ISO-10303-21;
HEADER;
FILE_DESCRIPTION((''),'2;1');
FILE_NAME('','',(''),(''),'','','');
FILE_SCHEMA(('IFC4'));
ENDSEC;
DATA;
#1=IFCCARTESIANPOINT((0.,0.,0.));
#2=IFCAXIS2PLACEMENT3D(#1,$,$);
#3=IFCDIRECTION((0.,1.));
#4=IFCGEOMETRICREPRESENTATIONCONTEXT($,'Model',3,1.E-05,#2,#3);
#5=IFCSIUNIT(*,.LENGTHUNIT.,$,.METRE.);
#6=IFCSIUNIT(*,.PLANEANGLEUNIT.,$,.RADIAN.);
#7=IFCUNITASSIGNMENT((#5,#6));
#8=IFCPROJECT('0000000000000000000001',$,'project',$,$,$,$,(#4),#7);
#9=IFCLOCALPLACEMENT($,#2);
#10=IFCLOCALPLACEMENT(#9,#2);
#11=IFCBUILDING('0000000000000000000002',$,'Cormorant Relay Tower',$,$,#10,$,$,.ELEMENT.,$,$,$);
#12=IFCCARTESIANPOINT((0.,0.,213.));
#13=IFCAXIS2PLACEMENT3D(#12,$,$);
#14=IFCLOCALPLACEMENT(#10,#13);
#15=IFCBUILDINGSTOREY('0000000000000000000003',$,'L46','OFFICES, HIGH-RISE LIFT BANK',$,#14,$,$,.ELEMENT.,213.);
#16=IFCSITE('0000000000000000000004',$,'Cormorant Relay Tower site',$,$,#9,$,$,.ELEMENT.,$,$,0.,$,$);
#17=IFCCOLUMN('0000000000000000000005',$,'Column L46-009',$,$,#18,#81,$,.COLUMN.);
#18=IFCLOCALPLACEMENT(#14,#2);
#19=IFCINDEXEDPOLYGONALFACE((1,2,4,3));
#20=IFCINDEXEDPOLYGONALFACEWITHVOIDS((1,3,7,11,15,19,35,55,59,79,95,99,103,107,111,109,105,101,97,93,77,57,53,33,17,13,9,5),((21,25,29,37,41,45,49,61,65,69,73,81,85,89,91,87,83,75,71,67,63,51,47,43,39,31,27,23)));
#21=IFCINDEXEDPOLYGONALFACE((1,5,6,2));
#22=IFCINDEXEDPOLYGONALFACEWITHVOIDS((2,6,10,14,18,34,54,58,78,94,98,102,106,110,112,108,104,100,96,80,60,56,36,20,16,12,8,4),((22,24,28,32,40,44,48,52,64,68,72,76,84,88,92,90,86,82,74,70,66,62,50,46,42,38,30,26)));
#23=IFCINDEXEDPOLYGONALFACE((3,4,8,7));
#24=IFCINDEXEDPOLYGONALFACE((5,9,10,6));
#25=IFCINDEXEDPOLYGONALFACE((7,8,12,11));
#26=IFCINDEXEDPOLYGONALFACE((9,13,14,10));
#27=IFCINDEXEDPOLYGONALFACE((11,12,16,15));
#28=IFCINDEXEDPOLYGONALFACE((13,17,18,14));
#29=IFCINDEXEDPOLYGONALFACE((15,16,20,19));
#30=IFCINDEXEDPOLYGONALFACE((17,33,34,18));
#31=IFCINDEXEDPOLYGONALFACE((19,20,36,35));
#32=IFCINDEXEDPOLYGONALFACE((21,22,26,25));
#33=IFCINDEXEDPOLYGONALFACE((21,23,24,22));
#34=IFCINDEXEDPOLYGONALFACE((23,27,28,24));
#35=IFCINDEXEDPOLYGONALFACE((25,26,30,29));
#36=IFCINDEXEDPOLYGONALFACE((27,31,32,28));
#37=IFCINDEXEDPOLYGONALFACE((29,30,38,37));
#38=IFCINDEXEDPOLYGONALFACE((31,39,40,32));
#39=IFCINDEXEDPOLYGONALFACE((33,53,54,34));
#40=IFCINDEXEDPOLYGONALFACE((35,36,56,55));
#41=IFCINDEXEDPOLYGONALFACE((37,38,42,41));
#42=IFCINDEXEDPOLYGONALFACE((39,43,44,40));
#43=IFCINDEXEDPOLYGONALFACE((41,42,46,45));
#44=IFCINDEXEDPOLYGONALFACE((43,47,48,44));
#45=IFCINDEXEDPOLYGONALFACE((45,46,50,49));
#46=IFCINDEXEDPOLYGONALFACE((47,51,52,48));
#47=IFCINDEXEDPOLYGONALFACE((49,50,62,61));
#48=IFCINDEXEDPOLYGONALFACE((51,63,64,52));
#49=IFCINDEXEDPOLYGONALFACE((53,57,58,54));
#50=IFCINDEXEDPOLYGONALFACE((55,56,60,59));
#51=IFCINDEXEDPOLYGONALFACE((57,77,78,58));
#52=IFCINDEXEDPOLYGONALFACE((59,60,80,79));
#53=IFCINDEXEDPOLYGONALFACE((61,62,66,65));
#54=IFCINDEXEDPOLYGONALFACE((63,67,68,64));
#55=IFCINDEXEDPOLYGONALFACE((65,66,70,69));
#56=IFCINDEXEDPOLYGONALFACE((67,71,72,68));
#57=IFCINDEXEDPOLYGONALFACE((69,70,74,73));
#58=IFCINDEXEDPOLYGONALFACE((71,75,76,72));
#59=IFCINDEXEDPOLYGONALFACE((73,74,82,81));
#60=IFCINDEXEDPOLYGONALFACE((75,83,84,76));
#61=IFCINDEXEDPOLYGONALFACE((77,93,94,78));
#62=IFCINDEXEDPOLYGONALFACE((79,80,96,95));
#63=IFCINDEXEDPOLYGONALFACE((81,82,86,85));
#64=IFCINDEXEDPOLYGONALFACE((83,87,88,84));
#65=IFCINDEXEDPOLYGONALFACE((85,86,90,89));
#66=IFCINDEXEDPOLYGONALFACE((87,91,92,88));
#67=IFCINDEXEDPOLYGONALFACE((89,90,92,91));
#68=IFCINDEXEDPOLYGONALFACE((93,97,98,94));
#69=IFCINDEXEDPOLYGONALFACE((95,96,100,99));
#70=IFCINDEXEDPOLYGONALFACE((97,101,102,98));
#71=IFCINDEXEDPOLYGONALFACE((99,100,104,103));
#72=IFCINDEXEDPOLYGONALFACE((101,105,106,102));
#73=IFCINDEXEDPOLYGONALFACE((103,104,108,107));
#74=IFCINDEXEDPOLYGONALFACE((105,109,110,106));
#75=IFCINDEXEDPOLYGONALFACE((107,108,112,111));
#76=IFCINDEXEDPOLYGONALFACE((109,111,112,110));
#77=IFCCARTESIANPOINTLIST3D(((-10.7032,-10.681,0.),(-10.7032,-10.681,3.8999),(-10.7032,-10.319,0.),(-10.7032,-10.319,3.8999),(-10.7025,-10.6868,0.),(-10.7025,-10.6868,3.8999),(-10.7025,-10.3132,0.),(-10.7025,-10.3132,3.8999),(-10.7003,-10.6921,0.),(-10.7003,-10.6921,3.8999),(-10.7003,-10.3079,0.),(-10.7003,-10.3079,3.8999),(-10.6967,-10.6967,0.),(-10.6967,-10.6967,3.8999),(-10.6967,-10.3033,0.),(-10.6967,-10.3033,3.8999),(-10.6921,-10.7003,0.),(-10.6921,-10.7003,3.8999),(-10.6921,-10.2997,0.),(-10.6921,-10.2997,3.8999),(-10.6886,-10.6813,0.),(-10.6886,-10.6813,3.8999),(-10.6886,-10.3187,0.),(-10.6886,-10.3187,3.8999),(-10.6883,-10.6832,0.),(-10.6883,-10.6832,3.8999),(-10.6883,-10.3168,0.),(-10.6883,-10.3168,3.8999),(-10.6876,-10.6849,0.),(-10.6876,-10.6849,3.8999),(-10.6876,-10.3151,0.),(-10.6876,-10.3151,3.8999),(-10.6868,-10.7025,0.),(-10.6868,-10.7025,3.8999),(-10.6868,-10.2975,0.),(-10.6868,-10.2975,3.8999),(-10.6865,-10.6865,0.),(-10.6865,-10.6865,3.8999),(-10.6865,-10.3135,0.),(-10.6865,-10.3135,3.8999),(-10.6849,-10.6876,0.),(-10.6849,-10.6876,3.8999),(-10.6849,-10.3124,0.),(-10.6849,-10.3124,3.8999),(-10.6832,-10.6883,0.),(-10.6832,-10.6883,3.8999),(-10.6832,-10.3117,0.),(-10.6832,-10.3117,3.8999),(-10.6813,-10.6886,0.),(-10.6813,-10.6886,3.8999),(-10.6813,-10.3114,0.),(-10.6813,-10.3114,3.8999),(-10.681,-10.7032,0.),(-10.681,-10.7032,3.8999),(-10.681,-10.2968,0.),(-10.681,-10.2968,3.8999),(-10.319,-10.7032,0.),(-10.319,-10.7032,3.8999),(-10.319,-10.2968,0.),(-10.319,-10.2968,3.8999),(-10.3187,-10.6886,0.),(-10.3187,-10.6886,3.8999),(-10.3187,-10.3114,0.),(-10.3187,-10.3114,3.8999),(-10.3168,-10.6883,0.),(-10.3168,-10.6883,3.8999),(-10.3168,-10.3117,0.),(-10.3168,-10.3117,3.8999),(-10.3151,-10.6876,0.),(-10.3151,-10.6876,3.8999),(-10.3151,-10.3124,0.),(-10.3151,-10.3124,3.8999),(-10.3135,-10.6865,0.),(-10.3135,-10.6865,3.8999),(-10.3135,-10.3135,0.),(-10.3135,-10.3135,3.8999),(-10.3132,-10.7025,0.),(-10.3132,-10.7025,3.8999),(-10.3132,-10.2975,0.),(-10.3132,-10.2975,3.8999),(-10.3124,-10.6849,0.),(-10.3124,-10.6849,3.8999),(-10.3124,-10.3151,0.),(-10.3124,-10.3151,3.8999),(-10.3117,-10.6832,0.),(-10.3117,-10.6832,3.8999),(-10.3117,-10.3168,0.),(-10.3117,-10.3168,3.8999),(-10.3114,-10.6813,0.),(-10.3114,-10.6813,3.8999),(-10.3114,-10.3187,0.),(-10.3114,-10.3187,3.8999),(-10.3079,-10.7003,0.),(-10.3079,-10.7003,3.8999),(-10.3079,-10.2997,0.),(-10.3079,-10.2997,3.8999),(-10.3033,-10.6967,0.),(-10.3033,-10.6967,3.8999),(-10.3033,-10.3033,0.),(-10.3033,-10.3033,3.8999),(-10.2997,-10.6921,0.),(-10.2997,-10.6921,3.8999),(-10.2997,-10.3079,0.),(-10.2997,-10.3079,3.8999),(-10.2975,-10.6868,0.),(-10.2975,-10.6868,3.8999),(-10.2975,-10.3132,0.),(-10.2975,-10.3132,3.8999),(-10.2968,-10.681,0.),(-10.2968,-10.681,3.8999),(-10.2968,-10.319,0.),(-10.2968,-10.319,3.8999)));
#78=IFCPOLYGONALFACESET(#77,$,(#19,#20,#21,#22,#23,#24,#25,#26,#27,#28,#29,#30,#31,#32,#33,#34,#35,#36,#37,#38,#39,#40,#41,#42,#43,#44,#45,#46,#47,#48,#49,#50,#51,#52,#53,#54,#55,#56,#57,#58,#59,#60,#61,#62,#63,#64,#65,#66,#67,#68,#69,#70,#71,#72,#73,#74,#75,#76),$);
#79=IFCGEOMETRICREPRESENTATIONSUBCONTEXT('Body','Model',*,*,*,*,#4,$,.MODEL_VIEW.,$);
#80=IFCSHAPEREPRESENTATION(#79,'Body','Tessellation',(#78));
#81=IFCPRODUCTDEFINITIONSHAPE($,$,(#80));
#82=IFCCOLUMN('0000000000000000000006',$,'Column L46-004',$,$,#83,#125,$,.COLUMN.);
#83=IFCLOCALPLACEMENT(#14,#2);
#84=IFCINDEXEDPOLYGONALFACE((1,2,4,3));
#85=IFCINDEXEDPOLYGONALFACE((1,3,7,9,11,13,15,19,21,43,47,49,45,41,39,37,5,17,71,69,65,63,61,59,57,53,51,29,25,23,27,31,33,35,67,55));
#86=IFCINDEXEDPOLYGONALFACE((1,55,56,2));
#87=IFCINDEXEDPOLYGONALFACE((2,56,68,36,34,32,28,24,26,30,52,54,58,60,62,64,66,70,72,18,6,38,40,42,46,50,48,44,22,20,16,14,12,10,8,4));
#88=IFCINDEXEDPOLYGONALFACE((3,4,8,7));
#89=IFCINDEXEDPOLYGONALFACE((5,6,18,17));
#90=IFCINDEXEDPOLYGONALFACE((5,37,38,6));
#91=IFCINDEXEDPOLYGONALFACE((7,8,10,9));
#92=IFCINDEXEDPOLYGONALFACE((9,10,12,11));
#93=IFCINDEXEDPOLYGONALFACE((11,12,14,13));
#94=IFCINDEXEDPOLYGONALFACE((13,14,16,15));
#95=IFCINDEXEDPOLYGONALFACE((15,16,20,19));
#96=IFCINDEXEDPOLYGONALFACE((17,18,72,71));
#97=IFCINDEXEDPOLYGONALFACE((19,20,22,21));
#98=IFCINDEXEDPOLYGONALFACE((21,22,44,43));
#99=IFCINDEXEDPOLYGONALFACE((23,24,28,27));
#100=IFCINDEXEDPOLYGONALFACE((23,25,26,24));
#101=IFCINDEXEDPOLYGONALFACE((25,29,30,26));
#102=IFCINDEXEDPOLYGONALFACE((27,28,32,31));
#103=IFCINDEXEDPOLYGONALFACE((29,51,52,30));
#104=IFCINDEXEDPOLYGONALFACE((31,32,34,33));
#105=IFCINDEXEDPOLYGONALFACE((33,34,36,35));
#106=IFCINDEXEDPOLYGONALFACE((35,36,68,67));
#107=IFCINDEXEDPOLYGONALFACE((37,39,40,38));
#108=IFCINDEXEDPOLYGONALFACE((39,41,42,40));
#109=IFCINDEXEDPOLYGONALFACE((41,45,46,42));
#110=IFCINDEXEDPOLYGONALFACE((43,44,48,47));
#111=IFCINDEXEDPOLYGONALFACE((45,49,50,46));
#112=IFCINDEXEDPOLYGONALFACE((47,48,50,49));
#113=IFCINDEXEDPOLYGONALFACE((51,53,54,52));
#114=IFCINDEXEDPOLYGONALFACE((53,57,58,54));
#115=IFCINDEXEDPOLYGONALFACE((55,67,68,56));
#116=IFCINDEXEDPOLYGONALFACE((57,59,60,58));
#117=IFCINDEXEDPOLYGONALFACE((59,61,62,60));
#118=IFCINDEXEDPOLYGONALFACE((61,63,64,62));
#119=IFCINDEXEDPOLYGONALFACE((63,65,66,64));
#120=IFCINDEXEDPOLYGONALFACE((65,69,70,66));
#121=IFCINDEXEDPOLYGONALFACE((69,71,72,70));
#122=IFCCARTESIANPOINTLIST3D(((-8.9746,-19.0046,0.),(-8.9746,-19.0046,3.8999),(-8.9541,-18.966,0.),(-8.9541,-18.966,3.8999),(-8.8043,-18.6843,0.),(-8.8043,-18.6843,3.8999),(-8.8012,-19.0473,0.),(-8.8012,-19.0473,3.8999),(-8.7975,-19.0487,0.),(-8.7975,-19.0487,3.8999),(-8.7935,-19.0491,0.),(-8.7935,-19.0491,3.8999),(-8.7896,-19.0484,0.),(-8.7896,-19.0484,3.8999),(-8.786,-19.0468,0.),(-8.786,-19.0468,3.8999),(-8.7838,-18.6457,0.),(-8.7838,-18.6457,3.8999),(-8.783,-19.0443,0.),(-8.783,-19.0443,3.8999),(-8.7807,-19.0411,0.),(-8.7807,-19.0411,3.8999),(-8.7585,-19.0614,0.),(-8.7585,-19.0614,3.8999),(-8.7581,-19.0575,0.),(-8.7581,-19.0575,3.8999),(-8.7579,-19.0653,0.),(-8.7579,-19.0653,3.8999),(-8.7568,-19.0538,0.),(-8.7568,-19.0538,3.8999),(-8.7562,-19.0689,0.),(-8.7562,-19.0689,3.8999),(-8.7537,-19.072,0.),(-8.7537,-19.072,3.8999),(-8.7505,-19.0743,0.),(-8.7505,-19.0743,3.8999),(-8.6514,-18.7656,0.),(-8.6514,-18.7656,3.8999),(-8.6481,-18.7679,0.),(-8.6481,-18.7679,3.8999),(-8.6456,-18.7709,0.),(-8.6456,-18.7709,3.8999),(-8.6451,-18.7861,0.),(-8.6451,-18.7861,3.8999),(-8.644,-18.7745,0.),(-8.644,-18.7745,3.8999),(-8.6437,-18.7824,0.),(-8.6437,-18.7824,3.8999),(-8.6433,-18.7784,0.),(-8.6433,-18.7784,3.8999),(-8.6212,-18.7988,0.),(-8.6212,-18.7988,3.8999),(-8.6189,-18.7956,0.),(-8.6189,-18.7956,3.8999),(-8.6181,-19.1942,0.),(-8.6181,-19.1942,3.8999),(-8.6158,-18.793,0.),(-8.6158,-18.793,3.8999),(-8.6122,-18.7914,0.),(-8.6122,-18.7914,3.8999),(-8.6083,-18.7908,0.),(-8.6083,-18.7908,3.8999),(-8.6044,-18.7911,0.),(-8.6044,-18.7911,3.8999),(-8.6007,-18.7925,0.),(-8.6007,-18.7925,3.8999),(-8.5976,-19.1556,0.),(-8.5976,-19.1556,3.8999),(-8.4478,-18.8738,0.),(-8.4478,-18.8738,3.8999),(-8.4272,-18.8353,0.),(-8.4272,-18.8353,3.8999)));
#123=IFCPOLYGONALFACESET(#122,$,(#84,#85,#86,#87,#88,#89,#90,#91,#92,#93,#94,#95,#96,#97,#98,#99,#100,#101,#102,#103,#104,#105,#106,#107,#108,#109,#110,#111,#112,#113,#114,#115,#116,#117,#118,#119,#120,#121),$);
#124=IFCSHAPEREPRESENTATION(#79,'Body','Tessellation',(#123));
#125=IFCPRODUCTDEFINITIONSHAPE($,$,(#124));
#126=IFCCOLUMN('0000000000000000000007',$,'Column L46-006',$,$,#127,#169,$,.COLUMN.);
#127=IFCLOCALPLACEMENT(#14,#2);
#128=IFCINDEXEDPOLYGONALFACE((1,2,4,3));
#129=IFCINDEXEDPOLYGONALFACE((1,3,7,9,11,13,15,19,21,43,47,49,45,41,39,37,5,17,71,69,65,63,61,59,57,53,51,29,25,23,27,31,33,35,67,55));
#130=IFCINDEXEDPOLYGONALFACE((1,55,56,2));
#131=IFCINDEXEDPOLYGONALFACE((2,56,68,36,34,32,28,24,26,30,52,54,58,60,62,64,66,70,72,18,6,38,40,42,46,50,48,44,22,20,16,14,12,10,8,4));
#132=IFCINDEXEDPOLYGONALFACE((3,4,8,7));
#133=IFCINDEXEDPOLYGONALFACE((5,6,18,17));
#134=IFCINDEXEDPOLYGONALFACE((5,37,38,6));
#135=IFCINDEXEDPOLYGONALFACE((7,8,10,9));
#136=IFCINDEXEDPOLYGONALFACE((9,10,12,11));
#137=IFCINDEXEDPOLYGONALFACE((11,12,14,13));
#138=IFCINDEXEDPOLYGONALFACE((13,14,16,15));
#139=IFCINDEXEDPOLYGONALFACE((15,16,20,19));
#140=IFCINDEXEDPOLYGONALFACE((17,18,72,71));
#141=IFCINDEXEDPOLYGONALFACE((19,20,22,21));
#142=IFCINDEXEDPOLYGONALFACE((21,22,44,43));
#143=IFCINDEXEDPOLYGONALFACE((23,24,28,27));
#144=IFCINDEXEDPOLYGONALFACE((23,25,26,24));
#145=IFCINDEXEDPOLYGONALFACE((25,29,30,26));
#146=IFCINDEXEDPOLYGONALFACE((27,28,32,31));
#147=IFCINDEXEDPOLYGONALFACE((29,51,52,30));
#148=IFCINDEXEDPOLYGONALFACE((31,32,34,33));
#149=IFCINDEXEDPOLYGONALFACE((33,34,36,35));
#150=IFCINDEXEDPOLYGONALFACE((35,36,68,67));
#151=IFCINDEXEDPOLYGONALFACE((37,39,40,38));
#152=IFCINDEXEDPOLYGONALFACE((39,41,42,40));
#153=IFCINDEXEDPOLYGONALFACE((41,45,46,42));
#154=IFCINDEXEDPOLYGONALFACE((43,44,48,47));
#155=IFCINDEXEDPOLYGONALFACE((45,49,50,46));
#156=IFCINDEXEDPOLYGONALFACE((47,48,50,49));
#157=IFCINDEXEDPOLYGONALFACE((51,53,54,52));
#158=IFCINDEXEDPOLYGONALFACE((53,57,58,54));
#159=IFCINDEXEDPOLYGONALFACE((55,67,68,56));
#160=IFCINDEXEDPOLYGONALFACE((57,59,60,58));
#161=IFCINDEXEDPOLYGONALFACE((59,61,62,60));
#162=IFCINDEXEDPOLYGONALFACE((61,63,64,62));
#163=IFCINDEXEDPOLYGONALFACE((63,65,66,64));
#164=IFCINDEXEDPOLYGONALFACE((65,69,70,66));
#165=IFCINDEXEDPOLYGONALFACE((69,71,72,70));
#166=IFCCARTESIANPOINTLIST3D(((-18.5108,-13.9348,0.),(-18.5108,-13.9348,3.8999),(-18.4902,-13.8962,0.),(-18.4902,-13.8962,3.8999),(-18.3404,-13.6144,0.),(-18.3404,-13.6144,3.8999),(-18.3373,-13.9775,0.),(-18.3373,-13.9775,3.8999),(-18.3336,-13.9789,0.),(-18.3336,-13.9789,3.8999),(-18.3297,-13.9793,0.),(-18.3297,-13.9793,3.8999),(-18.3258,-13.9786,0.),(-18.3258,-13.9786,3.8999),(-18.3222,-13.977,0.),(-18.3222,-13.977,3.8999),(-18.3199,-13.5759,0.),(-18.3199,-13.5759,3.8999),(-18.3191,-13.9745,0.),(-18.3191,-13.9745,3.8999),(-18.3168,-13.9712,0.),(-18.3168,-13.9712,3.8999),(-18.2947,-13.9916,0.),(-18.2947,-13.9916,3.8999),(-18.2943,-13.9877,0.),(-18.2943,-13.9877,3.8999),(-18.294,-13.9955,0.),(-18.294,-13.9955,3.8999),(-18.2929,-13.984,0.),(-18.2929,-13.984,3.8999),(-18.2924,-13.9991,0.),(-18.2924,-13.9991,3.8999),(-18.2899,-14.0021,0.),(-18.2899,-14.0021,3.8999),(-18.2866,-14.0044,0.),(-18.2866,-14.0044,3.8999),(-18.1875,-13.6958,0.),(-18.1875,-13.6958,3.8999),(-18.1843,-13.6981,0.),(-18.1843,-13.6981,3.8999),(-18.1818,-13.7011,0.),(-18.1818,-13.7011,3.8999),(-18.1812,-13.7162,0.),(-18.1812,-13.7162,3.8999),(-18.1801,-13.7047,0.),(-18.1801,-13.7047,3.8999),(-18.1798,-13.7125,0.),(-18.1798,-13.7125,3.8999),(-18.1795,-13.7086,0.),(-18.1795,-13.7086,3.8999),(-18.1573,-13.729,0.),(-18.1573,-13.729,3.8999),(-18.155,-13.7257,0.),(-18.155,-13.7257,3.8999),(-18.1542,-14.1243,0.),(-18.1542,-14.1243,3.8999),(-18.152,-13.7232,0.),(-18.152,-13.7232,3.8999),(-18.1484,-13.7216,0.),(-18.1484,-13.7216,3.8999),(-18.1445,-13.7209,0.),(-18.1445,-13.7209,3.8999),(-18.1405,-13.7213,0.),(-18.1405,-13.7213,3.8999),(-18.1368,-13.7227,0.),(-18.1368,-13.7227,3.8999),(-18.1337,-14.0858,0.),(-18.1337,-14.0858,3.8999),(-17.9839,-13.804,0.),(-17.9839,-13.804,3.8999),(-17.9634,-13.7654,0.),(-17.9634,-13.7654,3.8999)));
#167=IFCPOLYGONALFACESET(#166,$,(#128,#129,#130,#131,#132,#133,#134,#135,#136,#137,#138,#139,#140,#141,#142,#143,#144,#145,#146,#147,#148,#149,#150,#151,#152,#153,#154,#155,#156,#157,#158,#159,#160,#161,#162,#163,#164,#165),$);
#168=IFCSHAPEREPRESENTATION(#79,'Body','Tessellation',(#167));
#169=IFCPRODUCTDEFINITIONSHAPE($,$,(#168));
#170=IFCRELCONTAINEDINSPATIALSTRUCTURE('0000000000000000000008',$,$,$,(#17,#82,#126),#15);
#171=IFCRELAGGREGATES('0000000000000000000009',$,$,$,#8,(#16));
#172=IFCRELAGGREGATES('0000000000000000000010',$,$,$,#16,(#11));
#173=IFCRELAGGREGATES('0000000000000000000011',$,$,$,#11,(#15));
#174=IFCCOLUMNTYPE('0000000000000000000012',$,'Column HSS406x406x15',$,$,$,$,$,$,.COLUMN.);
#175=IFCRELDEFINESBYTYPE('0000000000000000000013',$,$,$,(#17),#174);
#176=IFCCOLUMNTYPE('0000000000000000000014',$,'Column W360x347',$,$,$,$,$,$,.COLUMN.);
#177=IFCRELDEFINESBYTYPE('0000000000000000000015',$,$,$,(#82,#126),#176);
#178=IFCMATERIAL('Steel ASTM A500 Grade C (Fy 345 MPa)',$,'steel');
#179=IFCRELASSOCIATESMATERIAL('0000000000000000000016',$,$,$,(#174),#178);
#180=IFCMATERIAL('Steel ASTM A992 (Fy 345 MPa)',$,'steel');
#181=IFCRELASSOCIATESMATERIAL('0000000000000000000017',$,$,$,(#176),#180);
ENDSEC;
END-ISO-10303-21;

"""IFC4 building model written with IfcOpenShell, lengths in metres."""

from ifc_helpers import new_model, si_unit, direction, frame, origin, origin_2d, place, context, subcontext, project, spatial, hollow_rectangle, i_section, extrude, material, material_profile, profile_set, type_object, element, save


model = new_model("IFC4")

# Units and contexts
model_context = context("Model", 3, precision=1e-05, world=origin(), true_north=direction((0.0, 1.0)))
body_context = subcontext(model_context, "Body", "Model", "MODEL_VIEW")
ifc_project = project(units=[si_unit("LENGTHUNIT", "METRE"), si_unit("PLANEANGLEUNIT", "RADIAN")], contexts=[model_context])

# Site, building, storey
site_placement = place(None, origin())
site = spatial("IfcSite", under=ifc_project, at=site_placement, Name="Cormorant Relay Tower site", CompositionType="ELEMENT", RefElevation=0.0)
building_placement = place(site_placement, origin())
building = spatial("IfcBuilding", under=site, at=building_placement, Name="Cormorant Relay Tower", CompositionType="ELEMENT")
storey_placement = place(building_placement, frame((0.0, 0.0, 213.0)))
storey = spatial("IfcBuildingStorey", under=building, at=storey_placement, Name="L46", Description="OFFICES, HIGH-RISE LIFT BANK", CompositionType="ELEMENT", Elevation=213.0)

# Columns
ifc_material_1 = material(Name="Steel ASTM A500 Grade C (Fy 345 MPa)", Category="steel")
ifc_material_profile_1 = material_profile(ifc_material_1, hollow_rectangle(XDim=0.4065, YDim=0.4065, WallThickness=0.0146, InnerFilletRadius=0.0073, OuterFilletRadius=0.0222, at=origin_2d()), Name="HSS406x406x15")
ifc_profile_set_1 = profile_set([ifc_material_profile_1], Name="Steel ASTM A500 Grade C (Fy 345 MPa)")
column_type_1 = type_object("IfcColumnType", Name="Column HSS406x406x15", PredefinedType="COLUMN", material=ifc_profile_set_1)
column_placement = place(storey_placement, frame((-10.5, -10.5, 0.0), z_axis=(0.0, 0.0, 1.0), x_axis=(1.0, 0.0, 0.0)))
element("IfcColumn", 1, at=column_placement, inside=storey, type_object=column_type_1, Name="Column L46-009", PredefinedType="COLUMN", context=body_context, shape_type="SweptSolid", body=[
    extrude(hollow_rectangle(XDim=0.4065, YDim=0.4065, WallThickness=0.0146, InnerFilletRadius=0.0073, OuterFilletRadius=0.0222, at=origin_2d()), origin(), (0.0, 0.0, 1.0), 3.8999),
])
ifc_material_2 = material(Name="Steel ASTM A992 (Fy 345 MPa)", Category="steel")
ifc_material_profile_2 = material_profile(ifc_material_2, i_section(OverallWidth=0.4038, OverallDepth=0.4065, WebThickness=0.0271, FlangeThickness=0.0437, FilletRadius=0.0151, at=origin_2d()), Name="W360x347")
ifc_profile_set_2 = profile_set([ifc_material_profile_2], Name="Steel ASTM A992 (Fy 345 MPa)")
column_type_2 = type_object("IfcColumnType", Name="Column W360x347", PredefinedType="COLUMN", material=ifc_profile_set_2)
for number, where, z_axis, x_axis, name in (
    (2, (-8.7009, -18.9199, 0.0), (0.0, 0.0, 1.0), (0.882948, -0.469472, 0.0), "Column L46-004"),
    (3, (-18.2371, -13.8501, 0.0), (0.0, 0.0, 1.0), (0.882948, -0.469472, 0.0), "Column L46-006"),
):
    element("IfcColumn", number, at=place(storey_placement, frame(where, z_axis=z_axis, x_axis=x_axis)), inside=storey, type_object=column_type_2, Name=name, PredefinedType="COLUMN", context=body_context, shape_type="SweptSolid", body=[
        extrude(i_section(OverallWidth=0.4038, OverallDepth=0.4065, WebThickness=0.0271, FlangeThickness=0.0437, FilletRadius=0.0151, at=origin_2d()), origin(), (0.0, 0.0, 1.0), 3.8999),
    ])

save(model, "model.ifc")
